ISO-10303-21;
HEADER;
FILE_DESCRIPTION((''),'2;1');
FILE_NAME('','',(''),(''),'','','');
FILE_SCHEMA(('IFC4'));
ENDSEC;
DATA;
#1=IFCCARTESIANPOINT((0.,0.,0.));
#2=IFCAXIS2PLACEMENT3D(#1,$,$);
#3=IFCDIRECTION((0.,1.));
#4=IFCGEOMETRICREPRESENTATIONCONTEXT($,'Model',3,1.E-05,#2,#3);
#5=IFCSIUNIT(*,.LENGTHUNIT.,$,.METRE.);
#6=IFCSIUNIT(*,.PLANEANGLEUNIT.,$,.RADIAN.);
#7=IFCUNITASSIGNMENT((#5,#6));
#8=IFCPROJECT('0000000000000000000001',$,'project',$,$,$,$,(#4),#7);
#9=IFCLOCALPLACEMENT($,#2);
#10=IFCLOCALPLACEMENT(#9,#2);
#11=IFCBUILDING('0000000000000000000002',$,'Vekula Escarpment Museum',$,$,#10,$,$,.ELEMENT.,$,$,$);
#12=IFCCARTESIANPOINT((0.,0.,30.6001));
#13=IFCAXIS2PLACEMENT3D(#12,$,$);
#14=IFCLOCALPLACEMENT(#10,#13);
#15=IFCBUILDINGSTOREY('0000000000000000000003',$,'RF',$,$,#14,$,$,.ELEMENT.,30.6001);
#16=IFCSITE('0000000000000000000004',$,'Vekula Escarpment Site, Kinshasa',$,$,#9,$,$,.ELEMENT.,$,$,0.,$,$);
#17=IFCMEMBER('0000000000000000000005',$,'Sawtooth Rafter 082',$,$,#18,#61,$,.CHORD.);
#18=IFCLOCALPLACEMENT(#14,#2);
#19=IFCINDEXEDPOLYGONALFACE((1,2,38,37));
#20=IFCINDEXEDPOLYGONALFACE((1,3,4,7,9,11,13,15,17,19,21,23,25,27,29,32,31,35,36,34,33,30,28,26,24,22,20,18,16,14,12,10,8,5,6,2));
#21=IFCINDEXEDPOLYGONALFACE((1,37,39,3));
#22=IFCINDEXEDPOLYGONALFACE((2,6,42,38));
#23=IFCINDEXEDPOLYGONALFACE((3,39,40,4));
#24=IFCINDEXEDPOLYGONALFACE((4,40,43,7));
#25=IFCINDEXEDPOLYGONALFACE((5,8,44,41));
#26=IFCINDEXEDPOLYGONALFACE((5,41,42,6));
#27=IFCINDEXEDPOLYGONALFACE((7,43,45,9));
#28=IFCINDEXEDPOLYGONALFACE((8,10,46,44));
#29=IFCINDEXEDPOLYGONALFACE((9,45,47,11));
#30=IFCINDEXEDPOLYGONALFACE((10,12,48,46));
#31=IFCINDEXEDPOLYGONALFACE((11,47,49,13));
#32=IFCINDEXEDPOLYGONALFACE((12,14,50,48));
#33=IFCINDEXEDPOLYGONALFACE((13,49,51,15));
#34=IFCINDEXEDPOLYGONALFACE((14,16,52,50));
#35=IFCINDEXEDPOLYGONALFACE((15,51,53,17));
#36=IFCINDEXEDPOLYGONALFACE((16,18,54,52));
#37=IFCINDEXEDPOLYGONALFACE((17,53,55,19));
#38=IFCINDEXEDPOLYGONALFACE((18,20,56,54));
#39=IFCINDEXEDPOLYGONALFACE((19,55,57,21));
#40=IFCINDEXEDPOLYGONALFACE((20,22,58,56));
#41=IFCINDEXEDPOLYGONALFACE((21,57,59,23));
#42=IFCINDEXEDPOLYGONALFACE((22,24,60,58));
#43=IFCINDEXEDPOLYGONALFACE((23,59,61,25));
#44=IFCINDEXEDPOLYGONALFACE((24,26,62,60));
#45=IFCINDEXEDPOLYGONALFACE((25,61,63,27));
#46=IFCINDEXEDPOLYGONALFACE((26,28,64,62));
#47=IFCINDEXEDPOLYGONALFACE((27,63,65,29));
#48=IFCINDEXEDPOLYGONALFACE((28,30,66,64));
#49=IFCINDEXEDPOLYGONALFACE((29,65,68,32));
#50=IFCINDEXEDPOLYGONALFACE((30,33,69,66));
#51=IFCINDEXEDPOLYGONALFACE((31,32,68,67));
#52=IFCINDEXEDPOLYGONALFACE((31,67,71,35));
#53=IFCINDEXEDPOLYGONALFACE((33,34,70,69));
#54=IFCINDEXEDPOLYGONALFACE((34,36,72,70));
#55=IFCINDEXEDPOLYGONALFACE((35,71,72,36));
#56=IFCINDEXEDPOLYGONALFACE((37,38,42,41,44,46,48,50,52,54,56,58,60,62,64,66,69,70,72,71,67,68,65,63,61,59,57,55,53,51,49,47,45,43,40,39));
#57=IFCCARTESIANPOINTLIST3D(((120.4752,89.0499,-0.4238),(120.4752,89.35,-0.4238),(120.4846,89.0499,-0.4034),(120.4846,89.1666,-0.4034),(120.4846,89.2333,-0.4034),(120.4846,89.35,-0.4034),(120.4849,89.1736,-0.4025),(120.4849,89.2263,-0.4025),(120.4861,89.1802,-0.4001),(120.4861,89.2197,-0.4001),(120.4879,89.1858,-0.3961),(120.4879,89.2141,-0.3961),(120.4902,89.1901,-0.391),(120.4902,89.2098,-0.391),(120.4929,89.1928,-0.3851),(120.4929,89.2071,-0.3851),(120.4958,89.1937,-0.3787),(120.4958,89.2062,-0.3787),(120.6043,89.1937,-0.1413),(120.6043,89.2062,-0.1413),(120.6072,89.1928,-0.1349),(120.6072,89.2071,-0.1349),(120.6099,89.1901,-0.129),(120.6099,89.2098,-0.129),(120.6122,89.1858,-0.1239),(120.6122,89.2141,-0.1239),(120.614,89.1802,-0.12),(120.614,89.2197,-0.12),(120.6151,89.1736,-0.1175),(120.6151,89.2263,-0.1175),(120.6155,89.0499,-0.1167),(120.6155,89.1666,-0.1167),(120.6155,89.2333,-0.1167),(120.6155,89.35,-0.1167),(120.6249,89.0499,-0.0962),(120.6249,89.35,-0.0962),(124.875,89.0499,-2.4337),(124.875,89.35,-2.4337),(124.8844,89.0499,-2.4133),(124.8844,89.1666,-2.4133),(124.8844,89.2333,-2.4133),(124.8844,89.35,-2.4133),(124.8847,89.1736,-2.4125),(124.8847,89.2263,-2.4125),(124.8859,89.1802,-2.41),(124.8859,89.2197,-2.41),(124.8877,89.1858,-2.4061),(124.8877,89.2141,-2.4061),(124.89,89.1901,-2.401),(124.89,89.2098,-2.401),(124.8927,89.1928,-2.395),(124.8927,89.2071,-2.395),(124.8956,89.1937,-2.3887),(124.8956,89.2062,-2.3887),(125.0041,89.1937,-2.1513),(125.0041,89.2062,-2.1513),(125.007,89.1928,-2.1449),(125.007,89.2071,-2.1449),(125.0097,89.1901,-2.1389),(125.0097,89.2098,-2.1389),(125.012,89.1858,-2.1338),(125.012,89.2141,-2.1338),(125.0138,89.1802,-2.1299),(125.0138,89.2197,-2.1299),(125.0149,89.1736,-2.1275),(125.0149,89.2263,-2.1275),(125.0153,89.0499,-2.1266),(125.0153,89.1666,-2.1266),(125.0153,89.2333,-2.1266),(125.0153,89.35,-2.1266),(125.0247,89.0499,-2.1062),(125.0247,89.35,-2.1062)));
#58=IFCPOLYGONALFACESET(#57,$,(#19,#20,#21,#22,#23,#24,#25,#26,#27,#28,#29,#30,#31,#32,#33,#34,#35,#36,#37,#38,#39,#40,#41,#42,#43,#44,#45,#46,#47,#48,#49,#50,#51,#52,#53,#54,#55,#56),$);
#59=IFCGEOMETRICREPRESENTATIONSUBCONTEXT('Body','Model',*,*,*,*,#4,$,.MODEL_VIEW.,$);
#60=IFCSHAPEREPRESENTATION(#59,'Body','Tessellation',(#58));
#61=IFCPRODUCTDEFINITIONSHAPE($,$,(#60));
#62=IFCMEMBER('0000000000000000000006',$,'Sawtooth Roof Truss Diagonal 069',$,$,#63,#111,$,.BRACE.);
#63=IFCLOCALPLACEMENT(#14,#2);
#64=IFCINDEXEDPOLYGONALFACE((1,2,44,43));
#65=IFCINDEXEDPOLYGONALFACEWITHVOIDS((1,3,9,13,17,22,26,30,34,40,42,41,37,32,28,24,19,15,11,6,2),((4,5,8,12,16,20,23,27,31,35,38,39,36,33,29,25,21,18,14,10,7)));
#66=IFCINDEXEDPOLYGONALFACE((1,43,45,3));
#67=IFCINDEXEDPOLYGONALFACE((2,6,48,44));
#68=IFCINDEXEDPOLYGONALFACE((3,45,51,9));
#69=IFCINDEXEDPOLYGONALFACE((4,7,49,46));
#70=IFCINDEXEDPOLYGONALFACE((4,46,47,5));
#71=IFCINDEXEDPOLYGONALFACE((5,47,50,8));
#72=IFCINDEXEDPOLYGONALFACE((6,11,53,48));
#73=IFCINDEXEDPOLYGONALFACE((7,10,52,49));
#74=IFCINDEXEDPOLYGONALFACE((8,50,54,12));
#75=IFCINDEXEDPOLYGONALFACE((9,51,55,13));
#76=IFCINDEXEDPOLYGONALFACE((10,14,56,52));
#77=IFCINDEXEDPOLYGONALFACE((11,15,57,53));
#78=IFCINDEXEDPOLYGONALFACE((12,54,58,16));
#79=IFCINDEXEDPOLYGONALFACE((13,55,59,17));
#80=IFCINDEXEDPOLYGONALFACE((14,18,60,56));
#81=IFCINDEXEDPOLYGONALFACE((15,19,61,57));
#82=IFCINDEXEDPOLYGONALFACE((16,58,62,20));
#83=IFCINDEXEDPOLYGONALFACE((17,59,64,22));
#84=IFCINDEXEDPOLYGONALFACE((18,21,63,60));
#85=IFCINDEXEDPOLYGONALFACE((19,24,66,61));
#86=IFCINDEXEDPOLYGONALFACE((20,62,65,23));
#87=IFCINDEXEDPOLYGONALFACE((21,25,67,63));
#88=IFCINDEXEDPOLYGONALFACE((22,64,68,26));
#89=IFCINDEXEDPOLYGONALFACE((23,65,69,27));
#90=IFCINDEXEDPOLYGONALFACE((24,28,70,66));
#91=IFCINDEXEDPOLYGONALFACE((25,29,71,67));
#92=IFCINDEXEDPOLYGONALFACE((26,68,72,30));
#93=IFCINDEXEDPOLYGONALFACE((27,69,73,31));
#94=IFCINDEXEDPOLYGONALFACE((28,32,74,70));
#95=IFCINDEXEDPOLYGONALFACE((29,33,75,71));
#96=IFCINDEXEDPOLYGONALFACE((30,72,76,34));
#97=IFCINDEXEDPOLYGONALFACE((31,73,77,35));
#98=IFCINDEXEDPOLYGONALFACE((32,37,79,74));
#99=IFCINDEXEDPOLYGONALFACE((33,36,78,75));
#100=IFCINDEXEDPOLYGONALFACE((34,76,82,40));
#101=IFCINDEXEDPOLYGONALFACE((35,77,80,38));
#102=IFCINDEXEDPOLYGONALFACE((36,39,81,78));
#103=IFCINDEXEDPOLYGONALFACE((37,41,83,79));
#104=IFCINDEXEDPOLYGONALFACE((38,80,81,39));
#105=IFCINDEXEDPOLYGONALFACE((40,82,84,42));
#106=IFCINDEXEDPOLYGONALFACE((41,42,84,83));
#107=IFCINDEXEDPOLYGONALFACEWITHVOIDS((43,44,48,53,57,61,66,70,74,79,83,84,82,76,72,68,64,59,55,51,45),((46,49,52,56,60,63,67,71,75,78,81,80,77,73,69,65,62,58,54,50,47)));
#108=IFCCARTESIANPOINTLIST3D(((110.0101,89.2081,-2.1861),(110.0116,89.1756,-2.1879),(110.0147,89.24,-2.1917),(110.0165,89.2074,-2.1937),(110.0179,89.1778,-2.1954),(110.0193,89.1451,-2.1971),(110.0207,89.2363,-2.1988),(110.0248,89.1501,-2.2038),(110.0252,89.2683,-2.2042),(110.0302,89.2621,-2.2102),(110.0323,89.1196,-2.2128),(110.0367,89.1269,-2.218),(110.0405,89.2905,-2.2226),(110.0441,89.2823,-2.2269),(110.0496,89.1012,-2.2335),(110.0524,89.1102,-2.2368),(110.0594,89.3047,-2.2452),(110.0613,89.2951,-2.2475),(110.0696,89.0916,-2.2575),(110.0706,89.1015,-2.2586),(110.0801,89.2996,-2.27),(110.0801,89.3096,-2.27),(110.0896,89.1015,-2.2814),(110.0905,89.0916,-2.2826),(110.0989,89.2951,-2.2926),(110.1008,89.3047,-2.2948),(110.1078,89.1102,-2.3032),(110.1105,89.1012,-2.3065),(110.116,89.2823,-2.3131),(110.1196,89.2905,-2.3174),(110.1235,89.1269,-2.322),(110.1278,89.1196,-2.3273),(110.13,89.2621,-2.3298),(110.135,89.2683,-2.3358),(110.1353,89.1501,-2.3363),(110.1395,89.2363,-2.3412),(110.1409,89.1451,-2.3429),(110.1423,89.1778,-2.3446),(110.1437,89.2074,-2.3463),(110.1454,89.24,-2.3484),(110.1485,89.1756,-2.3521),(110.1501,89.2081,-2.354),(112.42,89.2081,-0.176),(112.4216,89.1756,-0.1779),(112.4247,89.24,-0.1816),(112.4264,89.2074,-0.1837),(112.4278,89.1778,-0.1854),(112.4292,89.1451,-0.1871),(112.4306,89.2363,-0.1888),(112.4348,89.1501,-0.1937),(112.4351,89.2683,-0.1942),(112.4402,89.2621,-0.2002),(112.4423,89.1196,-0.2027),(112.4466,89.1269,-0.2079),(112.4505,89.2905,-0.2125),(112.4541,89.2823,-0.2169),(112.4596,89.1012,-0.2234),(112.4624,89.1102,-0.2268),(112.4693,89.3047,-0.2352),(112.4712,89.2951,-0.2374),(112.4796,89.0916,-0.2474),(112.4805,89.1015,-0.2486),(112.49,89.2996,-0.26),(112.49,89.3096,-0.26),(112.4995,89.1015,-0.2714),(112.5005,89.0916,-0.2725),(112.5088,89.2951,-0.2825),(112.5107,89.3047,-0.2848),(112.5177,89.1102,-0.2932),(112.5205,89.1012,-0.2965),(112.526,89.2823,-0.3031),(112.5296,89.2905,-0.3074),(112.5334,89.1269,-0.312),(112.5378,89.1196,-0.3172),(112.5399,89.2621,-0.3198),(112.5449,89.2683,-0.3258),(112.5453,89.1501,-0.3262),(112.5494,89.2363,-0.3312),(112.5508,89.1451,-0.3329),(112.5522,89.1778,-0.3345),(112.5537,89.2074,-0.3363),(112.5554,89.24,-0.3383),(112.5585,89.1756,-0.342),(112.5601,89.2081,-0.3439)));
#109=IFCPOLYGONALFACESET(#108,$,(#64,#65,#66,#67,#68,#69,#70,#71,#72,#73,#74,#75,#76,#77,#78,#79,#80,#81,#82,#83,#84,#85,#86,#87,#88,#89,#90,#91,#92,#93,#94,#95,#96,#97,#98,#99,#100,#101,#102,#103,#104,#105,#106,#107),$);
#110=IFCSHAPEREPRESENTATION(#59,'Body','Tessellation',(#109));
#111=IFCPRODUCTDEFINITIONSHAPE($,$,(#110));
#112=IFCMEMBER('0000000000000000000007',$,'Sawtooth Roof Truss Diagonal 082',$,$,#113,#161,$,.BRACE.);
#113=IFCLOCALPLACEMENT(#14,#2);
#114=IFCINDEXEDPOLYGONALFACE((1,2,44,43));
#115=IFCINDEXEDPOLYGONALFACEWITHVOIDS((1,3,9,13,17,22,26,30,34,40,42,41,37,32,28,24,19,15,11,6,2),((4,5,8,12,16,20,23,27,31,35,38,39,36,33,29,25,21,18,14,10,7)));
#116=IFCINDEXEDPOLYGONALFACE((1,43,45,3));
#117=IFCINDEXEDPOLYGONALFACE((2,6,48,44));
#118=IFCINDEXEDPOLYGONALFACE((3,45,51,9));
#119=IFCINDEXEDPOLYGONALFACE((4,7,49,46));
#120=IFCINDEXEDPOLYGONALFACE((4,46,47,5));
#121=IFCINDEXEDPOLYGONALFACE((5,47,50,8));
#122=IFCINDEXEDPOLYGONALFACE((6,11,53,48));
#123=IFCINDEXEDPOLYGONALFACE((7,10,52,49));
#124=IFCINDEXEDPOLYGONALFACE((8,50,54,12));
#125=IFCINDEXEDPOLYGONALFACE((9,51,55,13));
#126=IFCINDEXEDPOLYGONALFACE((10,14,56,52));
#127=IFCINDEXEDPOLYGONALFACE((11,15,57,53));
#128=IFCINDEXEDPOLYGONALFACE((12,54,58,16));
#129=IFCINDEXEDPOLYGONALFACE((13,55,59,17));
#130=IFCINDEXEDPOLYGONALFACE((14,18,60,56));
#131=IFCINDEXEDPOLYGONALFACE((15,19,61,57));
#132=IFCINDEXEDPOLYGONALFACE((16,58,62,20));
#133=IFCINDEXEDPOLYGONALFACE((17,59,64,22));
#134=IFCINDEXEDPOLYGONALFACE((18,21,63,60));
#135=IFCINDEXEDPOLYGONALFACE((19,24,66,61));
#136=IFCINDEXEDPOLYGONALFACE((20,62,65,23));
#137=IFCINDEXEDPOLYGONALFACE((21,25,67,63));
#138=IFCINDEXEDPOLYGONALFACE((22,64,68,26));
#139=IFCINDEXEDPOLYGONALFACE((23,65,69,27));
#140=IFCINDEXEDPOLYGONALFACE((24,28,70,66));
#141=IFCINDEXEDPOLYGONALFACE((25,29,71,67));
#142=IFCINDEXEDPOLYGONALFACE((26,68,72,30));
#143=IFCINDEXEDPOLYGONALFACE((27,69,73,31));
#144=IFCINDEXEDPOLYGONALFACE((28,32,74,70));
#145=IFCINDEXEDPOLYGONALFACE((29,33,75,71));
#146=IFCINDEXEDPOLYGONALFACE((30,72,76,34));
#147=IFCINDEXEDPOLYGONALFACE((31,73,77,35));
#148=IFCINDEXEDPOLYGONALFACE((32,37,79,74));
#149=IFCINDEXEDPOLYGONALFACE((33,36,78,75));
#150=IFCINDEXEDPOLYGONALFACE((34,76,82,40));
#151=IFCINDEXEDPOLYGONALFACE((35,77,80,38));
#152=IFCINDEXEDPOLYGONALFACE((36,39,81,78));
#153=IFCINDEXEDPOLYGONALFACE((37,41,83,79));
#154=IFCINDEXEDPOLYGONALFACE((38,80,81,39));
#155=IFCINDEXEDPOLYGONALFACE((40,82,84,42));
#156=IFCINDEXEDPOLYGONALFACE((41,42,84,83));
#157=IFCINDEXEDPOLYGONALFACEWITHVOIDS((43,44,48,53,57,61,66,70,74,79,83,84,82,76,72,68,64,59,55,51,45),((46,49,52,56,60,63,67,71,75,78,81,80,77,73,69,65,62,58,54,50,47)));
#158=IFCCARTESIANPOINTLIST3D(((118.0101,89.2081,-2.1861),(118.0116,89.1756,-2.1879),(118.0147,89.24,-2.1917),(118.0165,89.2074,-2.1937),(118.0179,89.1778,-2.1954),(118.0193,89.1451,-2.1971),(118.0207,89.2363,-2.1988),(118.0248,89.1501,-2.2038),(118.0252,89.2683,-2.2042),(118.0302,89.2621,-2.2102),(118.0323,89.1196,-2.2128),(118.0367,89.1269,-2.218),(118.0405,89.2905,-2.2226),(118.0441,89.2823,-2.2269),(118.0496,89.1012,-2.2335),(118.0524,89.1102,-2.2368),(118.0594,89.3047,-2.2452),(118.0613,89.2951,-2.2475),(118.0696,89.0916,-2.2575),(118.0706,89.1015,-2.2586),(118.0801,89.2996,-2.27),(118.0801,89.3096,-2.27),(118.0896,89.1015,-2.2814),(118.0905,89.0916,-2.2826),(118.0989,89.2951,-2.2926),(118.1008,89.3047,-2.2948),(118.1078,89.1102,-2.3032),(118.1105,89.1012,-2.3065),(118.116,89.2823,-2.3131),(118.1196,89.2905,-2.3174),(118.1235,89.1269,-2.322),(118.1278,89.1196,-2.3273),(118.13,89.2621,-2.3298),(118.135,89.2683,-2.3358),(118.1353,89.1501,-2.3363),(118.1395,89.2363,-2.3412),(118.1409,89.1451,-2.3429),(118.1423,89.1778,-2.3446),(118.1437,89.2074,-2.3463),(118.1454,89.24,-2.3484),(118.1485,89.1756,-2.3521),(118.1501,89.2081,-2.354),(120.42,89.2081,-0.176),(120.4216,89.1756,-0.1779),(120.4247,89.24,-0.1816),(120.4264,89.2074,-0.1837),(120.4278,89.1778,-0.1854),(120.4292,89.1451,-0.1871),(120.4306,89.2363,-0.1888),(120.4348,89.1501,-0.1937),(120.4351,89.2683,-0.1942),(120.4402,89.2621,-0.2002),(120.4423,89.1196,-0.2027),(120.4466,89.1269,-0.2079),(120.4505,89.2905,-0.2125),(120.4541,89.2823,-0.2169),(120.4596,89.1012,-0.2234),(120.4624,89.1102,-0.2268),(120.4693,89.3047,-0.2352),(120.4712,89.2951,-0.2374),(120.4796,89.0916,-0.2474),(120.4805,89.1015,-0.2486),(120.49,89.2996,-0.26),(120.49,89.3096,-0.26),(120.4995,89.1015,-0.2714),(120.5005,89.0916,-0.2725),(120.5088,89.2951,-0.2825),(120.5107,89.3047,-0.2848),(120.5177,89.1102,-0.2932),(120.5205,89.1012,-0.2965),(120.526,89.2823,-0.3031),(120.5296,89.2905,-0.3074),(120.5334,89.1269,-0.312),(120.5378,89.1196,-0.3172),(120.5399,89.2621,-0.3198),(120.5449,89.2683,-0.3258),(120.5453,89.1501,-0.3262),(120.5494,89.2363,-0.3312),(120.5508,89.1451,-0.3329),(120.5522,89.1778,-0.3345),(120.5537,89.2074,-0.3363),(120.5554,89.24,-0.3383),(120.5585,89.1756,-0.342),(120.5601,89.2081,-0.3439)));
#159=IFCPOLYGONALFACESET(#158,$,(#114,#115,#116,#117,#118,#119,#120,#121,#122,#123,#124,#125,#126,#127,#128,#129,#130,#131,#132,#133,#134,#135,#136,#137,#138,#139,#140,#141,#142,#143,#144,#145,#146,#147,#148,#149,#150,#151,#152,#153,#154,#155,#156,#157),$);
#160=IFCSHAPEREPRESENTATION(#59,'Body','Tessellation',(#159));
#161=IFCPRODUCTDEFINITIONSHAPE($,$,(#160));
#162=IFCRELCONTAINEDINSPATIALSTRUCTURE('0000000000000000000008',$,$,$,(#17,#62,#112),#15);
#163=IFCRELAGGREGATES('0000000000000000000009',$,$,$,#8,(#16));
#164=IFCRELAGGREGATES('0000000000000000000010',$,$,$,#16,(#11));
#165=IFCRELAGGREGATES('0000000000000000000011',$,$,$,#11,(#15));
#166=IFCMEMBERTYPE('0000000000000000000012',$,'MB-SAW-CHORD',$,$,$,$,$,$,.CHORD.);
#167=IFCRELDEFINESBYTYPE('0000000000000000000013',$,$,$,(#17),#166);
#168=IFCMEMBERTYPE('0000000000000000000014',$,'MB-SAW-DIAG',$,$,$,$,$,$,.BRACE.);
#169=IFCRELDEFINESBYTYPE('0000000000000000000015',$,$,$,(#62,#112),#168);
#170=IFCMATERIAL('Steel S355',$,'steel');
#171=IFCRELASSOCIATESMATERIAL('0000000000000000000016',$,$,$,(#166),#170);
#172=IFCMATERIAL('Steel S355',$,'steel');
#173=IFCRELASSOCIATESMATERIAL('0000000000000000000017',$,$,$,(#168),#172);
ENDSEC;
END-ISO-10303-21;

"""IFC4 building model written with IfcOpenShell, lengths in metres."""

from ifc_helpers import new_model, si_unit, direction, frame, origin, origin_2d, place, context, subcontext, project, spatial, hollow_circle, i_section, extrude, material, material_profile, profile_set, type_object, element, save


model = new_model("IFC4")

# Units and contexts
model_context = context("Model", 3, precision=1e-05, world=origin(), true_north=direction((0.0, 1.0)))
body_context = subcontext(model_context, "Body", "Model", "MODEL_VIEW")
ifc_project = project(units=[si_unit("LENGTHUNIT", "METRE"), si_unit("PLANEANGLEUNIT", "RADIAN")], contexts=[model_context])

# Site, building, storey
site_placement = place(None, origin())
site = spatial("IfcSite", under=ifc_project, at=site_placement, Name="Vekula Escarpment Site, Kinshasa", CompositionType="ELEMENT", RefElevation=0.0)
building_placement = place(site_placement, origin())
building = spatial("IfcBuilding", under=site, at=building_placement, Name="Vekula Escarpment Museum", CompositionType="ELEMENT")
storey_placement = place(building_placement, frame((0.0, 0.0, 30.6001)))
storey = spatial("IfcBuildingStorey", under=building, at=storey_placement, Name="RF", CompositionType="ELEMENT", Elevation=30.6001)

# Members
ifc_material_1 = material(Name="Steel S355", Category="steel")
ifc_material_profile_1 = material_profile(ifc_material_1, i_section(OverallWidth=0.3, OverallDepth=0.3601, WebThickness=0.0125, FlangeThickness=0.0225, FilletRadius=0.0271, at=origin_2d()), Name="HEB 360")
ifc_profile_set_1 = profile_set([ifc_material_profile_1], Name="Steel S355")
member_type_1 = type_object("IfcMemberType", Name="MB-SAW-CHORD", PredefinedType="CHORD", material=ifc_profile_set_1)
member_1_placement = place(storey_placement, frame((120.55, 89.2, -0.26), z_axis=(0.909582, 0.0, -0.415525), x_axis=(0.0, 1.0, 0.0)))
element("IfcMember", 1, at=member_1_placement, inside=storey, type_object=member_type_1, Name="Sawtooth Rafter 082", PredefinedType="CHORD", context=body_context, shape_type="SweptSolid", body=[
    extrude(i_section(OverallWidth=0.3, OverallDepth=0.3601, WebThickness=0.0125, FlangeThickness=0.0225, FilletRadius=0.0271, at=origin_2d()), origin(), (0.0, 0.0, 1.0), 4.8372),
])
ifc_material_2 = material(Name="Steel S355", Category="steel")
ifc_material_profile_2 = material_profile(ifc_material_2, hollow_circle(Radius=0.1096, WallThickness=0.01, at=origin_2d()), Name="CHS 219.1x10")
ifc_profile_set_2 = profile_set([ifc_material_profile_2], Name="Steel S355")
member_type_2 = type_object("IfcMemberType", Name="MB-SAW-DIAG", PredefinedType="BRACE", material=ifc_profile_set_2)
for number, where, z_axis, x_axis, name in (
    (2, (110.0801, 89.2, -2.27), (0.767947, 0.0, 0.640513), (0.0, 1.0, 0.0), "Sawtooth Roof Truss Diagonal 069"),
    (3, (118.0801, 89.2, -2.27), (0.767947, 0.0, 0.640513), (0.0, 1.0, 0.0), "Sawtooth Roof Truss Diagonal 082"),
):
    element("IfcMember", number, at=place(storey_placement, frame(where, z_axis=z_axis, x_axis=x_axis)), inside=storey, type_object=member_type_2, Name=name, PredefinedType="BRACE", context=body_context, shape_type="SweptSolid", body=[
        extrude(hollow_circle(Radius=0.1096, WallThickness=0.01, at=origin_2d()), origin(), (0.0, 0.0, 1.0), 3.1382),
    ])

save(model, "model.ifc")
